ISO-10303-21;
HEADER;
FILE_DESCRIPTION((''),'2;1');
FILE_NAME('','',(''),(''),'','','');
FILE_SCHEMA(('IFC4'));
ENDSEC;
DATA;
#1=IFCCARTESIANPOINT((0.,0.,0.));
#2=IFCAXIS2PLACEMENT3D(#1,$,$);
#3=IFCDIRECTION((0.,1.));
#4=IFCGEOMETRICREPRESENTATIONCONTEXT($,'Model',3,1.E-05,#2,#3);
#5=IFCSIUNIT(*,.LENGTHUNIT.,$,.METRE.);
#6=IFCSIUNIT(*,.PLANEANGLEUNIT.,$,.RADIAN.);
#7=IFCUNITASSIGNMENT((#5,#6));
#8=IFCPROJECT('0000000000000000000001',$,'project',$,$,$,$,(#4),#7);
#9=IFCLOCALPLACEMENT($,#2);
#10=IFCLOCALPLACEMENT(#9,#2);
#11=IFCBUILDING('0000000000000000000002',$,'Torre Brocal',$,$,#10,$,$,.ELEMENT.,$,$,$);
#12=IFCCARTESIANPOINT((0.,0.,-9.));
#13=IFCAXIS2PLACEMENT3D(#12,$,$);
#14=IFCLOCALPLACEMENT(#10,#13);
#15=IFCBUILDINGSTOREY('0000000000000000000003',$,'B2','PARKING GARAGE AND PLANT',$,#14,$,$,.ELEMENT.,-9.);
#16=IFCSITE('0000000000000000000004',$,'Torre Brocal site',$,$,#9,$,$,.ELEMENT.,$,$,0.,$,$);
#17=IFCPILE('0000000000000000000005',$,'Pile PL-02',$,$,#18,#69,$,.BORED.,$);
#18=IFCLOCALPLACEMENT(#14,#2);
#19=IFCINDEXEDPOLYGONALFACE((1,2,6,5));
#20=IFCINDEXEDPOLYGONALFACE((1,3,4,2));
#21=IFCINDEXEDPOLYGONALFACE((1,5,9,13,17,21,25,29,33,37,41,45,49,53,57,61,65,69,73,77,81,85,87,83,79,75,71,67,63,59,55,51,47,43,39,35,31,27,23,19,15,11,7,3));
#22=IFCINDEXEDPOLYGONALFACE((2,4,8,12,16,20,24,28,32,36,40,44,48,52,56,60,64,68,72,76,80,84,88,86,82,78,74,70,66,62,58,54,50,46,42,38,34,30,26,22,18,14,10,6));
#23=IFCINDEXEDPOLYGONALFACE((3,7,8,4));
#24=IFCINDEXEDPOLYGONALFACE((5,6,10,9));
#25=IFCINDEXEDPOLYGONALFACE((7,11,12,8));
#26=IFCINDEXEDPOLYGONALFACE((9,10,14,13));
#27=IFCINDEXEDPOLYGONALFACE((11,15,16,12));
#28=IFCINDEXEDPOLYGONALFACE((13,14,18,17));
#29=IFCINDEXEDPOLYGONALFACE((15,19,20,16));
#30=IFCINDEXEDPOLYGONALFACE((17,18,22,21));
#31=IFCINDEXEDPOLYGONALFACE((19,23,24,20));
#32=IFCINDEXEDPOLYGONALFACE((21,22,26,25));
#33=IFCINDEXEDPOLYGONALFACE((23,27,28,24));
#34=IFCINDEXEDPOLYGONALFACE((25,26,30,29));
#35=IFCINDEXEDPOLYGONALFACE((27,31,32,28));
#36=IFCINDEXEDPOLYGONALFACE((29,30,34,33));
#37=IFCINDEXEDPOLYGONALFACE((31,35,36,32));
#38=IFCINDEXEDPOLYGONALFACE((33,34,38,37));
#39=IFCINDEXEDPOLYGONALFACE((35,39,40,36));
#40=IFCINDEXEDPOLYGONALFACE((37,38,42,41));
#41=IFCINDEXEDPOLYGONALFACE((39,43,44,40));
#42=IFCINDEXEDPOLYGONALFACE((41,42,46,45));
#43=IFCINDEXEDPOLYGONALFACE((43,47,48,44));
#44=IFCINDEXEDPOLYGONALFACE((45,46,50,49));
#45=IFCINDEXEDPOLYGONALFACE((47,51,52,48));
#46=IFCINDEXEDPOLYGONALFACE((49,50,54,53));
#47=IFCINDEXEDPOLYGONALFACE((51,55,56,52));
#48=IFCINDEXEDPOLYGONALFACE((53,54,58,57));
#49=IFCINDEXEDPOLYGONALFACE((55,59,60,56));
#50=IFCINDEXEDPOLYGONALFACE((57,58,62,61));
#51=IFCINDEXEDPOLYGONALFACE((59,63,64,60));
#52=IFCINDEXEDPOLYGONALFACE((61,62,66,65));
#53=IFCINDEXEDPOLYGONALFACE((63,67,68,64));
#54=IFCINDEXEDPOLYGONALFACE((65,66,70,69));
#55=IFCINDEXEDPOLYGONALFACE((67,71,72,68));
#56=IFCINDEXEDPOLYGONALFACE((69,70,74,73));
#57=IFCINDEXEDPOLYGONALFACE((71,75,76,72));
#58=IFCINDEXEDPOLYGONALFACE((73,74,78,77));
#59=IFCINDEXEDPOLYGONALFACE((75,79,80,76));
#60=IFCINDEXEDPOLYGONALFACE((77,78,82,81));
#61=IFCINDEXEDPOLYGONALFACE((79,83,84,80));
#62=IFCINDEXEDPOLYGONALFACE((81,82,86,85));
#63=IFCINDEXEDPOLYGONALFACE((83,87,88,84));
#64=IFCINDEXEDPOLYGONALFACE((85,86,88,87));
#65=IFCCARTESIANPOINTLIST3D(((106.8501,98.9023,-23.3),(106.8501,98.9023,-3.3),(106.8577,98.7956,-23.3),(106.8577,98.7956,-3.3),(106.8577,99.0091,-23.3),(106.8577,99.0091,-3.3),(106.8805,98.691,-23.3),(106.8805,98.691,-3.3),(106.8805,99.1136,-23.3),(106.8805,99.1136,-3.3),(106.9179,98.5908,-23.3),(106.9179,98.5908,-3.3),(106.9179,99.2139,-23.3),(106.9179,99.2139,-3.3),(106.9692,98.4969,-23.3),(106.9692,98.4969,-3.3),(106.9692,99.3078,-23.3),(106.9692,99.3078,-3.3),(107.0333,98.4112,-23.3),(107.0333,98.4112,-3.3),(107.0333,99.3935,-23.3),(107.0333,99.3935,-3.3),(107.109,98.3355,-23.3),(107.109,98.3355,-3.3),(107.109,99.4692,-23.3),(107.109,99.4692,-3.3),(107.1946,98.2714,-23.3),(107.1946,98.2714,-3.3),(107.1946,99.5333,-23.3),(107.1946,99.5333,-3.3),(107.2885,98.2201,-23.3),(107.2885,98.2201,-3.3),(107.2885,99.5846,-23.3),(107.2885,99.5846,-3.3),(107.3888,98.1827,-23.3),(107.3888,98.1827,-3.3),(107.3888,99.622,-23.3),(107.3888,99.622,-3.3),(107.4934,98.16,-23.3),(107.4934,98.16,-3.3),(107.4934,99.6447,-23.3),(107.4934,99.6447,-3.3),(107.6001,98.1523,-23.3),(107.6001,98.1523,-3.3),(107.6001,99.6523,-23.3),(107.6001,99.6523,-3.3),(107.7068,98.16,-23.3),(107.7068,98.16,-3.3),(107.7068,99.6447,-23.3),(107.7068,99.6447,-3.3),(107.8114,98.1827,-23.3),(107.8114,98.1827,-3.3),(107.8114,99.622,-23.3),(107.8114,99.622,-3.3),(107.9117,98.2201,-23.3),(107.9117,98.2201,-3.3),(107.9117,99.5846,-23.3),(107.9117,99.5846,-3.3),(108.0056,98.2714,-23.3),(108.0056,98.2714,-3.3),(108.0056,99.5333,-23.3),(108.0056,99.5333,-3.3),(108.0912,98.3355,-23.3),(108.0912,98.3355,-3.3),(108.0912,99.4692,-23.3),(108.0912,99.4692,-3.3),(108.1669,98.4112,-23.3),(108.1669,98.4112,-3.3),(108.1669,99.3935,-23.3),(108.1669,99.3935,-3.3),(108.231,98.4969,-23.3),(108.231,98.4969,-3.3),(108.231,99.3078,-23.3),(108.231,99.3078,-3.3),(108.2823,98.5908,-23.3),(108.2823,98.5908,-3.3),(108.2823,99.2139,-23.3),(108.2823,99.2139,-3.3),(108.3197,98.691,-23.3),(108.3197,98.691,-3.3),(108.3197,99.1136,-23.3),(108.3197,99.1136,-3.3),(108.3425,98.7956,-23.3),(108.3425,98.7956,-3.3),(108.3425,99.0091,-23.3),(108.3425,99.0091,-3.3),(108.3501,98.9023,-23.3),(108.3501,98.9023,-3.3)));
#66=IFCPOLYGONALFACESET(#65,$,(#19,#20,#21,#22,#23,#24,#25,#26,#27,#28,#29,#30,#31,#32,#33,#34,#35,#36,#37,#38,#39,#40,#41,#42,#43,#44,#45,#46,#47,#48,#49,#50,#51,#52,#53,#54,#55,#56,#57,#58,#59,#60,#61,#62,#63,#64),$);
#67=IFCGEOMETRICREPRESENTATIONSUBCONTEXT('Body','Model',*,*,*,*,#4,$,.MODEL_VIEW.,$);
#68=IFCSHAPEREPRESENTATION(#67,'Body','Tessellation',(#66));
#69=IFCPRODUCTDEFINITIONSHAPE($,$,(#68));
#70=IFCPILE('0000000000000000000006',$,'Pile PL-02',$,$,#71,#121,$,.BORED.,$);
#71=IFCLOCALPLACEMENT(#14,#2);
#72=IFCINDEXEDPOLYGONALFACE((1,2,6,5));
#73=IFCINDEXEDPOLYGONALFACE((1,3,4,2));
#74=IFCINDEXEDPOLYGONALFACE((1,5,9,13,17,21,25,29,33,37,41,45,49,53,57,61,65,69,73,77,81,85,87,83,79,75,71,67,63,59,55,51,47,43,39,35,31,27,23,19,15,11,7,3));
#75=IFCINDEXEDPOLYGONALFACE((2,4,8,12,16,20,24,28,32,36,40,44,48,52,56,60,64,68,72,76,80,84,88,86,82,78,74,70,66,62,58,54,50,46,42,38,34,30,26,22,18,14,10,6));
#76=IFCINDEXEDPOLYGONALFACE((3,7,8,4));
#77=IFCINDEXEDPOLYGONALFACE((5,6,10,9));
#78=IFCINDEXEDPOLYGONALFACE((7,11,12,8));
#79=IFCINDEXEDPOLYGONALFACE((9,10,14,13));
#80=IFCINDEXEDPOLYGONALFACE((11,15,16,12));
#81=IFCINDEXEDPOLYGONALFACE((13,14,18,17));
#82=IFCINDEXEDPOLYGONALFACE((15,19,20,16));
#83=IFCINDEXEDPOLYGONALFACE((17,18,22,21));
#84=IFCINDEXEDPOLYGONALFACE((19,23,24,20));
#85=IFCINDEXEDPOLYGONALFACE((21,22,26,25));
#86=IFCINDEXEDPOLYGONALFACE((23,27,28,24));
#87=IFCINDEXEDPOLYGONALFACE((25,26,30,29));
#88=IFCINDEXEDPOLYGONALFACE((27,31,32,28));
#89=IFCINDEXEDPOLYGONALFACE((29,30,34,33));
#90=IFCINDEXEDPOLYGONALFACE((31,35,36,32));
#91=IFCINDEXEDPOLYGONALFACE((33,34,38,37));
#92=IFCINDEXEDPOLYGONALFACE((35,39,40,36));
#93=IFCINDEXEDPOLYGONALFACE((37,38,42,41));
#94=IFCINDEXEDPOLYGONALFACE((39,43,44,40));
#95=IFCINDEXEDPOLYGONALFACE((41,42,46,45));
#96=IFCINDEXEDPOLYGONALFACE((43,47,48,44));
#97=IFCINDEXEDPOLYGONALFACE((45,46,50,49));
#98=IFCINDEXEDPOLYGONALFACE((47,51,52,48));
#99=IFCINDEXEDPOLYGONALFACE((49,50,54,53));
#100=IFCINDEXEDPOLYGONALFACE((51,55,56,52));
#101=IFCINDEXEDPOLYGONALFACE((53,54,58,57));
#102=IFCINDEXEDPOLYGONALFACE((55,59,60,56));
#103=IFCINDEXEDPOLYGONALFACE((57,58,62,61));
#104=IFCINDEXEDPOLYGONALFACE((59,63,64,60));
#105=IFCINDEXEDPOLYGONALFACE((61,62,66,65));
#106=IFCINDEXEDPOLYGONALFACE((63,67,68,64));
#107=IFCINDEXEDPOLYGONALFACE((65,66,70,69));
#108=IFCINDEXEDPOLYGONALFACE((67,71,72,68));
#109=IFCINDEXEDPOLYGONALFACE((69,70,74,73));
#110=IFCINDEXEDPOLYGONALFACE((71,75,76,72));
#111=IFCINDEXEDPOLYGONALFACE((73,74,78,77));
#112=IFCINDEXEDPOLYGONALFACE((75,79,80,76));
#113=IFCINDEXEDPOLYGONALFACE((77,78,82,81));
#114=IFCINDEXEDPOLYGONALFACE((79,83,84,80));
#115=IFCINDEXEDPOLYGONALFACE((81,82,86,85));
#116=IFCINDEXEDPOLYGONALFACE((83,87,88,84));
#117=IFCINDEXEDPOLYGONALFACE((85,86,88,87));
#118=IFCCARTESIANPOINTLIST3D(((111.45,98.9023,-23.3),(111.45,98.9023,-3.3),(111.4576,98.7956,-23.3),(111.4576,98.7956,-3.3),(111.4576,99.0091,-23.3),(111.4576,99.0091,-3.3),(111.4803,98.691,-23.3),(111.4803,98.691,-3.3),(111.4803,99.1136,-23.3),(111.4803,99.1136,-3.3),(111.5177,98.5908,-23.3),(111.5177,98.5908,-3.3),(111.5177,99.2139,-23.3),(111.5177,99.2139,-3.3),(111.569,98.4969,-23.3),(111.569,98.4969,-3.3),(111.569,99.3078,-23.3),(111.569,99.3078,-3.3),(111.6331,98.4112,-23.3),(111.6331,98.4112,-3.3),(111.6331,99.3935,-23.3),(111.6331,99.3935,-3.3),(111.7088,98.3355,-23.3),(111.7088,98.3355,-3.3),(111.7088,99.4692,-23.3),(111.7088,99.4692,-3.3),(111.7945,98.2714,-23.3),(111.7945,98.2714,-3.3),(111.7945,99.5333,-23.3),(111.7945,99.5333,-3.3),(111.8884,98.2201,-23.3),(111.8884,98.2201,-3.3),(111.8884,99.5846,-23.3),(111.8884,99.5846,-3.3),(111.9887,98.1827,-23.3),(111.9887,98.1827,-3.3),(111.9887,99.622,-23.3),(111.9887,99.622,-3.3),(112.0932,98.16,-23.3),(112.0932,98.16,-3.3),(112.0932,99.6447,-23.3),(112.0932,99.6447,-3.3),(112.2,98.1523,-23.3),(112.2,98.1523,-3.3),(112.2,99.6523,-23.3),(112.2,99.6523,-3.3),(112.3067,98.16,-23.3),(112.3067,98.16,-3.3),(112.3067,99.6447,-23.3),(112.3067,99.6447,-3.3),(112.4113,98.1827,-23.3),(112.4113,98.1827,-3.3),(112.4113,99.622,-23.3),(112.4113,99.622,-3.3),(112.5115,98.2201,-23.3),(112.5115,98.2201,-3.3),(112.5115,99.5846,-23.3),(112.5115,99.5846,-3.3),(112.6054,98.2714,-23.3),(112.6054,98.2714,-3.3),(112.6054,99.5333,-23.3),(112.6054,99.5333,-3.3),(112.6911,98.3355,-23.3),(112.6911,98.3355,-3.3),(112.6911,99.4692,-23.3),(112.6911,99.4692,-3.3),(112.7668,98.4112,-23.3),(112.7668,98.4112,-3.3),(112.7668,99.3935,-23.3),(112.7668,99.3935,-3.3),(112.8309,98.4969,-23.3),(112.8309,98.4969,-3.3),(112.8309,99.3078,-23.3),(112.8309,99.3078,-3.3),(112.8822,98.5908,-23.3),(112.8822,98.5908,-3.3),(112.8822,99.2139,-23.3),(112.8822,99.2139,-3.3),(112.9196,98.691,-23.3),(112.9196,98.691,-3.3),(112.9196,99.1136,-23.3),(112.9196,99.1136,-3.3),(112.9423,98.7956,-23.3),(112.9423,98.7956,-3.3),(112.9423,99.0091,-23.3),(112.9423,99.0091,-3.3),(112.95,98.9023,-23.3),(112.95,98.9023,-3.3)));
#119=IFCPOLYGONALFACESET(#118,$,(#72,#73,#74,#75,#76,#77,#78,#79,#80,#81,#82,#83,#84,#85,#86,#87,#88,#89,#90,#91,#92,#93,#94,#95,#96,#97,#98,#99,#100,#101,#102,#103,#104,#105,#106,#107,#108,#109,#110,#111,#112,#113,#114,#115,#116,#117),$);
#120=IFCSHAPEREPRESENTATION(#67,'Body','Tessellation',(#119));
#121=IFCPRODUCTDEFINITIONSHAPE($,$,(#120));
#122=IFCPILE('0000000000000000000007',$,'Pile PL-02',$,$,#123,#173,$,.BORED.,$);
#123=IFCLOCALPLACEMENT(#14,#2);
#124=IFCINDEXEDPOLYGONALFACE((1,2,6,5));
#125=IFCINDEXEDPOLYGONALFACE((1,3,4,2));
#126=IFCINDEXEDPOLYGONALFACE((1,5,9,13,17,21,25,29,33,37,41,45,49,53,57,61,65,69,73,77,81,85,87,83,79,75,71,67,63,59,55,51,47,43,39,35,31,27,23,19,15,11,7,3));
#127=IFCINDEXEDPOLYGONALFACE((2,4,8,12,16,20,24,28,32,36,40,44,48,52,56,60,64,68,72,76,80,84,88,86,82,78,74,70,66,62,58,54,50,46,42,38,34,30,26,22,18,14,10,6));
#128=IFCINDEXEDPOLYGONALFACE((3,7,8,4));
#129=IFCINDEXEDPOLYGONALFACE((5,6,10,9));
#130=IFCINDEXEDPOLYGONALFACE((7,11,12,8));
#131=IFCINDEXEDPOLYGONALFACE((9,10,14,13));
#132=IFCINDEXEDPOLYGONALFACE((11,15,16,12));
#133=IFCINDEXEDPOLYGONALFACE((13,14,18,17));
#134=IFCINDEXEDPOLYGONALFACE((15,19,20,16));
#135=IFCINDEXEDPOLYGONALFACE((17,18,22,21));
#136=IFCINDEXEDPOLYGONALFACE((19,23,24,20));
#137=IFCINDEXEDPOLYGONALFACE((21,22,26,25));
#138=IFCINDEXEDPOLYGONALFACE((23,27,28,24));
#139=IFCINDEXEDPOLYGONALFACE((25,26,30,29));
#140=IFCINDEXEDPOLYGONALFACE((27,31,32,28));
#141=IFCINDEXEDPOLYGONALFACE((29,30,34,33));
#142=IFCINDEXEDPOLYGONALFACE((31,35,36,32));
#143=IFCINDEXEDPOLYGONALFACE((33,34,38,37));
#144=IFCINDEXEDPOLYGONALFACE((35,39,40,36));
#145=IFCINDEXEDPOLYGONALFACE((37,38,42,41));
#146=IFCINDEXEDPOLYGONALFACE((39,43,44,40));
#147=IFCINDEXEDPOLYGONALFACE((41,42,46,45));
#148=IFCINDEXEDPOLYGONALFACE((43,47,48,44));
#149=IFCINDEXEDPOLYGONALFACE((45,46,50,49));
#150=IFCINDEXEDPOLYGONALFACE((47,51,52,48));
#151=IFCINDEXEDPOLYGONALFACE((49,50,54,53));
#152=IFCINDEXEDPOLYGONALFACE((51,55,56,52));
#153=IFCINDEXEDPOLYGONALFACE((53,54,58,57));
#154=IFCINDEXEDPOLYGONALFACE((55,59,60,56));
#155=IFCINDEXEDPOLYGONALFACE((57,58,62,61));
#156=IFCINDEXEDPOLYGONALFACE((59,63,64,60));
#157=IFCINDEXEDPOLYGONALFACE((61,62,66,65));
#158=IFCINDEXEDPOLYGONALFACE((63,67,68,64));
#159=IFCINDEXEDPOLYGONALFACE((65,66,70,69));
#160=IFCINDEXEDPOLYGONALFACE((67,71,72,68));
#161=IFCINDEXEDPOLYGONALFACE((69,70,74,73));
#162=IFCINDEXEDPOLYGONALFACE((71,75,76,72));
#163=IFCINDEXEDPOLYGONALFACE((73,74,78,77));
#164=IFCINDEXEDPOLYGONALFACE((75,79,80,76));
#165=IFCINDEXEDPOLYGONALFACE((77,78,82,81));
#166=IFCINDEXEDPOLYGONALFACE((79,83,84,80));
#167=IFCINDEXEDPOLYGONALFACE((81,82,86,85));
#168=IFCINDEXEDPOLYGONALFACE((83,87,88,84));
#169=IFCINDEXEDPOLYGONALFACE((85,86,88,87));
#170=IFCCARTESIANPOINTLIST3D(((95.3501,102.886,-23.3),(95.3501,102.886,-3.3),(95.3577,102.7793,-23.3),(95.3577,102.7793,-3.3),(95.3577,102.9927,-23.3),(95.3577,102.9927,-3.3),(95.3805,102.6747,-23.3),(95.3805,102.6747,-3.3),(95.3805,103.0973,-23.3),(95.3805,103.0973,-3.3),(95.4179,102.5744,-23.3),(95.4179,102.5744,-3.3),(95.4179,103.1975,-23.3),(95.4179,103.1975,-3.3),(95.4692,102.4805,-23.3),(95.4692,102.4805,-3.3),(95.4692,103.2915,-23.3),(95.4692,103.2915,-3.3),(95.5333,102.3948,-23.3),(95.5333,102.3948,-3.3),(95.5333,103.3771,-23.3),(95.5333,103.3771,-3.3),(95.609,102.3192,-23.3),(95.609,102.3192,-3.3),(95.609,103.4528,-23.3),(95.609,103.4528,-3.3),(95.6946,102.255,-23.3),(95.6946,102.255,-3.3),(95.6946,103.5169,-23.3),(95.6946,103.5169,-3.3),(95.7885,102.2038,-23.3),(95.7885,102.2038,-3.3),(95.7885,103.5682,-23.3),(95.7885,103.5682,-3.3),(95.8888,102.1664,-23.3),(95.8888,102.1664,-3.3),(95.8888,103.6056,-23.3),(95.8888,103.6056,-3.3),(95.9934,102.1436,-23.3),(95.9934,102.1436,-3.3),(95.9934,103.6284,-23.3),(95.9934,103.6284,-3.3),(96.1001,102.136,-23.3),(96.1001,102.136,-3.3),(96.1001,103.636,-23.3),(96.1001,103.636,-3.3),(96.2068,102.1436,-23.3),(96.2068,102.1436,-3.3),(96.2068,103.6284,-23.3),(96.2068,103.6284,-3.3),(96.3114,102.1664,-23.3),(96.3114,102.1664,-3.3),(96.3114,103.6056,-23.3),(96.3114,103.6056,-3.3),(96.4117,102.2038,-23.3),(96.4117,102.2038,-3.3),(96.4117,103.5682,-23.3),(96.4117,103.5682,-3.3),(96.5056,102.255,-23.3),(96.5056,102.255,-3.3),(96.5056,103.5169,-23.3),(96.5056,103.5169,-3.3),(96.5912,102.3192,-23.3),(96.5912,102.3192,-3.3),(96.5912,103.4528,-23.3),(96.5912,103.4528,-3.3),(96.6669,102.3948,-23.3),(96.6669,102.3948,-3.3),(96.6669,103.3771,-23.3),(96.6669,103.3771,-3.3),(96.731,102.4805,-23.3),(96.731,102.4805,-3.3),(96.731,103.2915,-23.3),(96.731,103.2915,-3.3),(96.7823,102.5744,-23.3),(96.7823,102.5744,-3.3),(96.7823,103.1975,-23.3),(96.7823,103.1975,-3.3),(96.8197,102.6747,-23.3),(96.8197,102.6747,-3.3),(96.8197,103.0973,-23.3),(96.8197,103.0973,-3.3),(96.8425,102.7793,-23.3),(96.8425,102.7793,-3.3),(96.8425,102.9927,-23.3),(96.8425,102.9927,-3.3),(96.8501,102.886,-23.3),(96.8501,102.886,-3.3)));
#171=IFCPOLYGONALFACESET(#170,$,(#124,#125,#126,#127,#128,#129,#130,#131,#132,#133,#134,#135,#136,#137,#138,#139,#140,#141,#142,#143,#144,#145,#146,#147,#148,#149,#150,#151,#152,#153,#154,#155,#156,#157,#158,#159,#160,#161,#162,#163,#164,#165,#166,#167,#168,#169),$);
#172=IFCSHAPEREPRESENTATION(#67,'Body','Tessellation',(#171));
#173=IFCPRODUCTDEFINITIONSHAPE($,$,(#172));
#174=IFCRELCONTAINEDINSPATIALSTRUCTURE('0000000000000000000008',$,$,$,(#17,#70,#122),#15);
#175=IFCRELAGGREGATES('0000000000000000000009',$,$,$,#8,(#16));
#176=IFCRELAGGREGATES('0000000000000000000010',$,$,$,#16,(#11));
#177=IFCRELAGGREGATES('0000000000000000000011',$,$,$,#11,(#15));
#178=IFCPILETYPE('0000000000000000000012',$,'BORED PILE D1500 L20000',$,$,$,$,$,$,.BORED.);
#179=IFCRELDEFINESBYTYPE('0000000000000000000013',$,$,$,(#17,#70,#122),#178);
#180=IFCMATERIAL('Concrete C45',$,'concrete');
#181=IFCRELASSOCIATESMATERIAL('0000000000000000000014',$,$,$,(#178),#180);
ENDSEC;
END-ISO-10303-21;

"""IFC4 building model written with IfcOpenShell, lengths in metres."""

from ifc_helpers import new_model, si_unit, direction, frame, origin, origin_2d, place, context, subcontext, project, spatial, circle, extrude, material, material_profile, profile_set, type_object, element, save


model = new_model("IFC4")

# Units and contexts
model_context = context("Model", 3, precision=1e-05, world=origin(), true_north=direction((0.0, 1.0)))
body_context = subcontext(model_context, "Body", "Model", "MODEL_VIEW")
ifc_project = project(units=[si_unit("LENGTHUNIT", "METRE"), si_unit("PLANEANGLEUNIT", "RADIAN")], contexts=[model_context])

# Site, building, storey
site_placement = place(None, origin())
site = spatial("IfcSite", under=ifc_project, at=site_placement, Name="Torre Brocal site", CompositionType="ELEMENT", RefElevation=0.0)
building_placement = place(site_placement, origin())
building = spatial("IfcBuilding", under=site, at=building_placement, Name="Torre Brocal", CompositionType="ELEMENT")
storey_placement = place(building_placement, frame((0.0, 0.0, -9.0)))
storey = spatial("IfcBuildingStorey", under=building, at=storey_placement, Name="B2", Description="PARKING GARAGE AND PLANT", CompositionType="ELEMENT", Elevation=-9.0)

# Piles
ifc_material_1 = material(Name="Concrete C45", Category="concrete")
ifc_material_profile_1 = material_profile(ifc_material_1, circle(Radius=0.75, at=origin_2d()), Name="BORED PILE D1500")
ifc_profile_set_1 = profile_set([ifc_material_profile_1], Name="Concrete C45")
pile_type_1 = type_object("IfcPileType", Name="BORED PILE D1500 L20000", PredefinedType="BORED", material=ifc_profile_set_1)
for number, where, z_axis, x_axis, name in (
    (1, (107.6001, 98.9023, -3.3), (0.0, 0.0, -1.0), (1.0, 0.0, 0.0), "Pile PL-02"),
    (2, (112.2, 98.9023, -3.3), (0.0, 0.0, -1.0), (1.0, 0.0, 0.0), "Pile PL-02"),
    (3, (96.1001, 102.886, -3.3), (0.0, 0.0, -1.0), (1.0, 0.0, 0.0), "Pile PL-02"),
):
    element("IfcPile", number, at=place(storey_placement, frame(where, z_axis=z_axis, x_axis=x_axis)), inside=storey, type_object=pile_type_1, Name=name, PredefinedType="BORED", context=body_context, shape_type="SweptSolid", body=[
        extrude(circle(Radius=0.75, at=origin_2d()), origin(), (0.0, 0.0, 1.0), 20.0),
    ])

save(model, "model.ifc")
